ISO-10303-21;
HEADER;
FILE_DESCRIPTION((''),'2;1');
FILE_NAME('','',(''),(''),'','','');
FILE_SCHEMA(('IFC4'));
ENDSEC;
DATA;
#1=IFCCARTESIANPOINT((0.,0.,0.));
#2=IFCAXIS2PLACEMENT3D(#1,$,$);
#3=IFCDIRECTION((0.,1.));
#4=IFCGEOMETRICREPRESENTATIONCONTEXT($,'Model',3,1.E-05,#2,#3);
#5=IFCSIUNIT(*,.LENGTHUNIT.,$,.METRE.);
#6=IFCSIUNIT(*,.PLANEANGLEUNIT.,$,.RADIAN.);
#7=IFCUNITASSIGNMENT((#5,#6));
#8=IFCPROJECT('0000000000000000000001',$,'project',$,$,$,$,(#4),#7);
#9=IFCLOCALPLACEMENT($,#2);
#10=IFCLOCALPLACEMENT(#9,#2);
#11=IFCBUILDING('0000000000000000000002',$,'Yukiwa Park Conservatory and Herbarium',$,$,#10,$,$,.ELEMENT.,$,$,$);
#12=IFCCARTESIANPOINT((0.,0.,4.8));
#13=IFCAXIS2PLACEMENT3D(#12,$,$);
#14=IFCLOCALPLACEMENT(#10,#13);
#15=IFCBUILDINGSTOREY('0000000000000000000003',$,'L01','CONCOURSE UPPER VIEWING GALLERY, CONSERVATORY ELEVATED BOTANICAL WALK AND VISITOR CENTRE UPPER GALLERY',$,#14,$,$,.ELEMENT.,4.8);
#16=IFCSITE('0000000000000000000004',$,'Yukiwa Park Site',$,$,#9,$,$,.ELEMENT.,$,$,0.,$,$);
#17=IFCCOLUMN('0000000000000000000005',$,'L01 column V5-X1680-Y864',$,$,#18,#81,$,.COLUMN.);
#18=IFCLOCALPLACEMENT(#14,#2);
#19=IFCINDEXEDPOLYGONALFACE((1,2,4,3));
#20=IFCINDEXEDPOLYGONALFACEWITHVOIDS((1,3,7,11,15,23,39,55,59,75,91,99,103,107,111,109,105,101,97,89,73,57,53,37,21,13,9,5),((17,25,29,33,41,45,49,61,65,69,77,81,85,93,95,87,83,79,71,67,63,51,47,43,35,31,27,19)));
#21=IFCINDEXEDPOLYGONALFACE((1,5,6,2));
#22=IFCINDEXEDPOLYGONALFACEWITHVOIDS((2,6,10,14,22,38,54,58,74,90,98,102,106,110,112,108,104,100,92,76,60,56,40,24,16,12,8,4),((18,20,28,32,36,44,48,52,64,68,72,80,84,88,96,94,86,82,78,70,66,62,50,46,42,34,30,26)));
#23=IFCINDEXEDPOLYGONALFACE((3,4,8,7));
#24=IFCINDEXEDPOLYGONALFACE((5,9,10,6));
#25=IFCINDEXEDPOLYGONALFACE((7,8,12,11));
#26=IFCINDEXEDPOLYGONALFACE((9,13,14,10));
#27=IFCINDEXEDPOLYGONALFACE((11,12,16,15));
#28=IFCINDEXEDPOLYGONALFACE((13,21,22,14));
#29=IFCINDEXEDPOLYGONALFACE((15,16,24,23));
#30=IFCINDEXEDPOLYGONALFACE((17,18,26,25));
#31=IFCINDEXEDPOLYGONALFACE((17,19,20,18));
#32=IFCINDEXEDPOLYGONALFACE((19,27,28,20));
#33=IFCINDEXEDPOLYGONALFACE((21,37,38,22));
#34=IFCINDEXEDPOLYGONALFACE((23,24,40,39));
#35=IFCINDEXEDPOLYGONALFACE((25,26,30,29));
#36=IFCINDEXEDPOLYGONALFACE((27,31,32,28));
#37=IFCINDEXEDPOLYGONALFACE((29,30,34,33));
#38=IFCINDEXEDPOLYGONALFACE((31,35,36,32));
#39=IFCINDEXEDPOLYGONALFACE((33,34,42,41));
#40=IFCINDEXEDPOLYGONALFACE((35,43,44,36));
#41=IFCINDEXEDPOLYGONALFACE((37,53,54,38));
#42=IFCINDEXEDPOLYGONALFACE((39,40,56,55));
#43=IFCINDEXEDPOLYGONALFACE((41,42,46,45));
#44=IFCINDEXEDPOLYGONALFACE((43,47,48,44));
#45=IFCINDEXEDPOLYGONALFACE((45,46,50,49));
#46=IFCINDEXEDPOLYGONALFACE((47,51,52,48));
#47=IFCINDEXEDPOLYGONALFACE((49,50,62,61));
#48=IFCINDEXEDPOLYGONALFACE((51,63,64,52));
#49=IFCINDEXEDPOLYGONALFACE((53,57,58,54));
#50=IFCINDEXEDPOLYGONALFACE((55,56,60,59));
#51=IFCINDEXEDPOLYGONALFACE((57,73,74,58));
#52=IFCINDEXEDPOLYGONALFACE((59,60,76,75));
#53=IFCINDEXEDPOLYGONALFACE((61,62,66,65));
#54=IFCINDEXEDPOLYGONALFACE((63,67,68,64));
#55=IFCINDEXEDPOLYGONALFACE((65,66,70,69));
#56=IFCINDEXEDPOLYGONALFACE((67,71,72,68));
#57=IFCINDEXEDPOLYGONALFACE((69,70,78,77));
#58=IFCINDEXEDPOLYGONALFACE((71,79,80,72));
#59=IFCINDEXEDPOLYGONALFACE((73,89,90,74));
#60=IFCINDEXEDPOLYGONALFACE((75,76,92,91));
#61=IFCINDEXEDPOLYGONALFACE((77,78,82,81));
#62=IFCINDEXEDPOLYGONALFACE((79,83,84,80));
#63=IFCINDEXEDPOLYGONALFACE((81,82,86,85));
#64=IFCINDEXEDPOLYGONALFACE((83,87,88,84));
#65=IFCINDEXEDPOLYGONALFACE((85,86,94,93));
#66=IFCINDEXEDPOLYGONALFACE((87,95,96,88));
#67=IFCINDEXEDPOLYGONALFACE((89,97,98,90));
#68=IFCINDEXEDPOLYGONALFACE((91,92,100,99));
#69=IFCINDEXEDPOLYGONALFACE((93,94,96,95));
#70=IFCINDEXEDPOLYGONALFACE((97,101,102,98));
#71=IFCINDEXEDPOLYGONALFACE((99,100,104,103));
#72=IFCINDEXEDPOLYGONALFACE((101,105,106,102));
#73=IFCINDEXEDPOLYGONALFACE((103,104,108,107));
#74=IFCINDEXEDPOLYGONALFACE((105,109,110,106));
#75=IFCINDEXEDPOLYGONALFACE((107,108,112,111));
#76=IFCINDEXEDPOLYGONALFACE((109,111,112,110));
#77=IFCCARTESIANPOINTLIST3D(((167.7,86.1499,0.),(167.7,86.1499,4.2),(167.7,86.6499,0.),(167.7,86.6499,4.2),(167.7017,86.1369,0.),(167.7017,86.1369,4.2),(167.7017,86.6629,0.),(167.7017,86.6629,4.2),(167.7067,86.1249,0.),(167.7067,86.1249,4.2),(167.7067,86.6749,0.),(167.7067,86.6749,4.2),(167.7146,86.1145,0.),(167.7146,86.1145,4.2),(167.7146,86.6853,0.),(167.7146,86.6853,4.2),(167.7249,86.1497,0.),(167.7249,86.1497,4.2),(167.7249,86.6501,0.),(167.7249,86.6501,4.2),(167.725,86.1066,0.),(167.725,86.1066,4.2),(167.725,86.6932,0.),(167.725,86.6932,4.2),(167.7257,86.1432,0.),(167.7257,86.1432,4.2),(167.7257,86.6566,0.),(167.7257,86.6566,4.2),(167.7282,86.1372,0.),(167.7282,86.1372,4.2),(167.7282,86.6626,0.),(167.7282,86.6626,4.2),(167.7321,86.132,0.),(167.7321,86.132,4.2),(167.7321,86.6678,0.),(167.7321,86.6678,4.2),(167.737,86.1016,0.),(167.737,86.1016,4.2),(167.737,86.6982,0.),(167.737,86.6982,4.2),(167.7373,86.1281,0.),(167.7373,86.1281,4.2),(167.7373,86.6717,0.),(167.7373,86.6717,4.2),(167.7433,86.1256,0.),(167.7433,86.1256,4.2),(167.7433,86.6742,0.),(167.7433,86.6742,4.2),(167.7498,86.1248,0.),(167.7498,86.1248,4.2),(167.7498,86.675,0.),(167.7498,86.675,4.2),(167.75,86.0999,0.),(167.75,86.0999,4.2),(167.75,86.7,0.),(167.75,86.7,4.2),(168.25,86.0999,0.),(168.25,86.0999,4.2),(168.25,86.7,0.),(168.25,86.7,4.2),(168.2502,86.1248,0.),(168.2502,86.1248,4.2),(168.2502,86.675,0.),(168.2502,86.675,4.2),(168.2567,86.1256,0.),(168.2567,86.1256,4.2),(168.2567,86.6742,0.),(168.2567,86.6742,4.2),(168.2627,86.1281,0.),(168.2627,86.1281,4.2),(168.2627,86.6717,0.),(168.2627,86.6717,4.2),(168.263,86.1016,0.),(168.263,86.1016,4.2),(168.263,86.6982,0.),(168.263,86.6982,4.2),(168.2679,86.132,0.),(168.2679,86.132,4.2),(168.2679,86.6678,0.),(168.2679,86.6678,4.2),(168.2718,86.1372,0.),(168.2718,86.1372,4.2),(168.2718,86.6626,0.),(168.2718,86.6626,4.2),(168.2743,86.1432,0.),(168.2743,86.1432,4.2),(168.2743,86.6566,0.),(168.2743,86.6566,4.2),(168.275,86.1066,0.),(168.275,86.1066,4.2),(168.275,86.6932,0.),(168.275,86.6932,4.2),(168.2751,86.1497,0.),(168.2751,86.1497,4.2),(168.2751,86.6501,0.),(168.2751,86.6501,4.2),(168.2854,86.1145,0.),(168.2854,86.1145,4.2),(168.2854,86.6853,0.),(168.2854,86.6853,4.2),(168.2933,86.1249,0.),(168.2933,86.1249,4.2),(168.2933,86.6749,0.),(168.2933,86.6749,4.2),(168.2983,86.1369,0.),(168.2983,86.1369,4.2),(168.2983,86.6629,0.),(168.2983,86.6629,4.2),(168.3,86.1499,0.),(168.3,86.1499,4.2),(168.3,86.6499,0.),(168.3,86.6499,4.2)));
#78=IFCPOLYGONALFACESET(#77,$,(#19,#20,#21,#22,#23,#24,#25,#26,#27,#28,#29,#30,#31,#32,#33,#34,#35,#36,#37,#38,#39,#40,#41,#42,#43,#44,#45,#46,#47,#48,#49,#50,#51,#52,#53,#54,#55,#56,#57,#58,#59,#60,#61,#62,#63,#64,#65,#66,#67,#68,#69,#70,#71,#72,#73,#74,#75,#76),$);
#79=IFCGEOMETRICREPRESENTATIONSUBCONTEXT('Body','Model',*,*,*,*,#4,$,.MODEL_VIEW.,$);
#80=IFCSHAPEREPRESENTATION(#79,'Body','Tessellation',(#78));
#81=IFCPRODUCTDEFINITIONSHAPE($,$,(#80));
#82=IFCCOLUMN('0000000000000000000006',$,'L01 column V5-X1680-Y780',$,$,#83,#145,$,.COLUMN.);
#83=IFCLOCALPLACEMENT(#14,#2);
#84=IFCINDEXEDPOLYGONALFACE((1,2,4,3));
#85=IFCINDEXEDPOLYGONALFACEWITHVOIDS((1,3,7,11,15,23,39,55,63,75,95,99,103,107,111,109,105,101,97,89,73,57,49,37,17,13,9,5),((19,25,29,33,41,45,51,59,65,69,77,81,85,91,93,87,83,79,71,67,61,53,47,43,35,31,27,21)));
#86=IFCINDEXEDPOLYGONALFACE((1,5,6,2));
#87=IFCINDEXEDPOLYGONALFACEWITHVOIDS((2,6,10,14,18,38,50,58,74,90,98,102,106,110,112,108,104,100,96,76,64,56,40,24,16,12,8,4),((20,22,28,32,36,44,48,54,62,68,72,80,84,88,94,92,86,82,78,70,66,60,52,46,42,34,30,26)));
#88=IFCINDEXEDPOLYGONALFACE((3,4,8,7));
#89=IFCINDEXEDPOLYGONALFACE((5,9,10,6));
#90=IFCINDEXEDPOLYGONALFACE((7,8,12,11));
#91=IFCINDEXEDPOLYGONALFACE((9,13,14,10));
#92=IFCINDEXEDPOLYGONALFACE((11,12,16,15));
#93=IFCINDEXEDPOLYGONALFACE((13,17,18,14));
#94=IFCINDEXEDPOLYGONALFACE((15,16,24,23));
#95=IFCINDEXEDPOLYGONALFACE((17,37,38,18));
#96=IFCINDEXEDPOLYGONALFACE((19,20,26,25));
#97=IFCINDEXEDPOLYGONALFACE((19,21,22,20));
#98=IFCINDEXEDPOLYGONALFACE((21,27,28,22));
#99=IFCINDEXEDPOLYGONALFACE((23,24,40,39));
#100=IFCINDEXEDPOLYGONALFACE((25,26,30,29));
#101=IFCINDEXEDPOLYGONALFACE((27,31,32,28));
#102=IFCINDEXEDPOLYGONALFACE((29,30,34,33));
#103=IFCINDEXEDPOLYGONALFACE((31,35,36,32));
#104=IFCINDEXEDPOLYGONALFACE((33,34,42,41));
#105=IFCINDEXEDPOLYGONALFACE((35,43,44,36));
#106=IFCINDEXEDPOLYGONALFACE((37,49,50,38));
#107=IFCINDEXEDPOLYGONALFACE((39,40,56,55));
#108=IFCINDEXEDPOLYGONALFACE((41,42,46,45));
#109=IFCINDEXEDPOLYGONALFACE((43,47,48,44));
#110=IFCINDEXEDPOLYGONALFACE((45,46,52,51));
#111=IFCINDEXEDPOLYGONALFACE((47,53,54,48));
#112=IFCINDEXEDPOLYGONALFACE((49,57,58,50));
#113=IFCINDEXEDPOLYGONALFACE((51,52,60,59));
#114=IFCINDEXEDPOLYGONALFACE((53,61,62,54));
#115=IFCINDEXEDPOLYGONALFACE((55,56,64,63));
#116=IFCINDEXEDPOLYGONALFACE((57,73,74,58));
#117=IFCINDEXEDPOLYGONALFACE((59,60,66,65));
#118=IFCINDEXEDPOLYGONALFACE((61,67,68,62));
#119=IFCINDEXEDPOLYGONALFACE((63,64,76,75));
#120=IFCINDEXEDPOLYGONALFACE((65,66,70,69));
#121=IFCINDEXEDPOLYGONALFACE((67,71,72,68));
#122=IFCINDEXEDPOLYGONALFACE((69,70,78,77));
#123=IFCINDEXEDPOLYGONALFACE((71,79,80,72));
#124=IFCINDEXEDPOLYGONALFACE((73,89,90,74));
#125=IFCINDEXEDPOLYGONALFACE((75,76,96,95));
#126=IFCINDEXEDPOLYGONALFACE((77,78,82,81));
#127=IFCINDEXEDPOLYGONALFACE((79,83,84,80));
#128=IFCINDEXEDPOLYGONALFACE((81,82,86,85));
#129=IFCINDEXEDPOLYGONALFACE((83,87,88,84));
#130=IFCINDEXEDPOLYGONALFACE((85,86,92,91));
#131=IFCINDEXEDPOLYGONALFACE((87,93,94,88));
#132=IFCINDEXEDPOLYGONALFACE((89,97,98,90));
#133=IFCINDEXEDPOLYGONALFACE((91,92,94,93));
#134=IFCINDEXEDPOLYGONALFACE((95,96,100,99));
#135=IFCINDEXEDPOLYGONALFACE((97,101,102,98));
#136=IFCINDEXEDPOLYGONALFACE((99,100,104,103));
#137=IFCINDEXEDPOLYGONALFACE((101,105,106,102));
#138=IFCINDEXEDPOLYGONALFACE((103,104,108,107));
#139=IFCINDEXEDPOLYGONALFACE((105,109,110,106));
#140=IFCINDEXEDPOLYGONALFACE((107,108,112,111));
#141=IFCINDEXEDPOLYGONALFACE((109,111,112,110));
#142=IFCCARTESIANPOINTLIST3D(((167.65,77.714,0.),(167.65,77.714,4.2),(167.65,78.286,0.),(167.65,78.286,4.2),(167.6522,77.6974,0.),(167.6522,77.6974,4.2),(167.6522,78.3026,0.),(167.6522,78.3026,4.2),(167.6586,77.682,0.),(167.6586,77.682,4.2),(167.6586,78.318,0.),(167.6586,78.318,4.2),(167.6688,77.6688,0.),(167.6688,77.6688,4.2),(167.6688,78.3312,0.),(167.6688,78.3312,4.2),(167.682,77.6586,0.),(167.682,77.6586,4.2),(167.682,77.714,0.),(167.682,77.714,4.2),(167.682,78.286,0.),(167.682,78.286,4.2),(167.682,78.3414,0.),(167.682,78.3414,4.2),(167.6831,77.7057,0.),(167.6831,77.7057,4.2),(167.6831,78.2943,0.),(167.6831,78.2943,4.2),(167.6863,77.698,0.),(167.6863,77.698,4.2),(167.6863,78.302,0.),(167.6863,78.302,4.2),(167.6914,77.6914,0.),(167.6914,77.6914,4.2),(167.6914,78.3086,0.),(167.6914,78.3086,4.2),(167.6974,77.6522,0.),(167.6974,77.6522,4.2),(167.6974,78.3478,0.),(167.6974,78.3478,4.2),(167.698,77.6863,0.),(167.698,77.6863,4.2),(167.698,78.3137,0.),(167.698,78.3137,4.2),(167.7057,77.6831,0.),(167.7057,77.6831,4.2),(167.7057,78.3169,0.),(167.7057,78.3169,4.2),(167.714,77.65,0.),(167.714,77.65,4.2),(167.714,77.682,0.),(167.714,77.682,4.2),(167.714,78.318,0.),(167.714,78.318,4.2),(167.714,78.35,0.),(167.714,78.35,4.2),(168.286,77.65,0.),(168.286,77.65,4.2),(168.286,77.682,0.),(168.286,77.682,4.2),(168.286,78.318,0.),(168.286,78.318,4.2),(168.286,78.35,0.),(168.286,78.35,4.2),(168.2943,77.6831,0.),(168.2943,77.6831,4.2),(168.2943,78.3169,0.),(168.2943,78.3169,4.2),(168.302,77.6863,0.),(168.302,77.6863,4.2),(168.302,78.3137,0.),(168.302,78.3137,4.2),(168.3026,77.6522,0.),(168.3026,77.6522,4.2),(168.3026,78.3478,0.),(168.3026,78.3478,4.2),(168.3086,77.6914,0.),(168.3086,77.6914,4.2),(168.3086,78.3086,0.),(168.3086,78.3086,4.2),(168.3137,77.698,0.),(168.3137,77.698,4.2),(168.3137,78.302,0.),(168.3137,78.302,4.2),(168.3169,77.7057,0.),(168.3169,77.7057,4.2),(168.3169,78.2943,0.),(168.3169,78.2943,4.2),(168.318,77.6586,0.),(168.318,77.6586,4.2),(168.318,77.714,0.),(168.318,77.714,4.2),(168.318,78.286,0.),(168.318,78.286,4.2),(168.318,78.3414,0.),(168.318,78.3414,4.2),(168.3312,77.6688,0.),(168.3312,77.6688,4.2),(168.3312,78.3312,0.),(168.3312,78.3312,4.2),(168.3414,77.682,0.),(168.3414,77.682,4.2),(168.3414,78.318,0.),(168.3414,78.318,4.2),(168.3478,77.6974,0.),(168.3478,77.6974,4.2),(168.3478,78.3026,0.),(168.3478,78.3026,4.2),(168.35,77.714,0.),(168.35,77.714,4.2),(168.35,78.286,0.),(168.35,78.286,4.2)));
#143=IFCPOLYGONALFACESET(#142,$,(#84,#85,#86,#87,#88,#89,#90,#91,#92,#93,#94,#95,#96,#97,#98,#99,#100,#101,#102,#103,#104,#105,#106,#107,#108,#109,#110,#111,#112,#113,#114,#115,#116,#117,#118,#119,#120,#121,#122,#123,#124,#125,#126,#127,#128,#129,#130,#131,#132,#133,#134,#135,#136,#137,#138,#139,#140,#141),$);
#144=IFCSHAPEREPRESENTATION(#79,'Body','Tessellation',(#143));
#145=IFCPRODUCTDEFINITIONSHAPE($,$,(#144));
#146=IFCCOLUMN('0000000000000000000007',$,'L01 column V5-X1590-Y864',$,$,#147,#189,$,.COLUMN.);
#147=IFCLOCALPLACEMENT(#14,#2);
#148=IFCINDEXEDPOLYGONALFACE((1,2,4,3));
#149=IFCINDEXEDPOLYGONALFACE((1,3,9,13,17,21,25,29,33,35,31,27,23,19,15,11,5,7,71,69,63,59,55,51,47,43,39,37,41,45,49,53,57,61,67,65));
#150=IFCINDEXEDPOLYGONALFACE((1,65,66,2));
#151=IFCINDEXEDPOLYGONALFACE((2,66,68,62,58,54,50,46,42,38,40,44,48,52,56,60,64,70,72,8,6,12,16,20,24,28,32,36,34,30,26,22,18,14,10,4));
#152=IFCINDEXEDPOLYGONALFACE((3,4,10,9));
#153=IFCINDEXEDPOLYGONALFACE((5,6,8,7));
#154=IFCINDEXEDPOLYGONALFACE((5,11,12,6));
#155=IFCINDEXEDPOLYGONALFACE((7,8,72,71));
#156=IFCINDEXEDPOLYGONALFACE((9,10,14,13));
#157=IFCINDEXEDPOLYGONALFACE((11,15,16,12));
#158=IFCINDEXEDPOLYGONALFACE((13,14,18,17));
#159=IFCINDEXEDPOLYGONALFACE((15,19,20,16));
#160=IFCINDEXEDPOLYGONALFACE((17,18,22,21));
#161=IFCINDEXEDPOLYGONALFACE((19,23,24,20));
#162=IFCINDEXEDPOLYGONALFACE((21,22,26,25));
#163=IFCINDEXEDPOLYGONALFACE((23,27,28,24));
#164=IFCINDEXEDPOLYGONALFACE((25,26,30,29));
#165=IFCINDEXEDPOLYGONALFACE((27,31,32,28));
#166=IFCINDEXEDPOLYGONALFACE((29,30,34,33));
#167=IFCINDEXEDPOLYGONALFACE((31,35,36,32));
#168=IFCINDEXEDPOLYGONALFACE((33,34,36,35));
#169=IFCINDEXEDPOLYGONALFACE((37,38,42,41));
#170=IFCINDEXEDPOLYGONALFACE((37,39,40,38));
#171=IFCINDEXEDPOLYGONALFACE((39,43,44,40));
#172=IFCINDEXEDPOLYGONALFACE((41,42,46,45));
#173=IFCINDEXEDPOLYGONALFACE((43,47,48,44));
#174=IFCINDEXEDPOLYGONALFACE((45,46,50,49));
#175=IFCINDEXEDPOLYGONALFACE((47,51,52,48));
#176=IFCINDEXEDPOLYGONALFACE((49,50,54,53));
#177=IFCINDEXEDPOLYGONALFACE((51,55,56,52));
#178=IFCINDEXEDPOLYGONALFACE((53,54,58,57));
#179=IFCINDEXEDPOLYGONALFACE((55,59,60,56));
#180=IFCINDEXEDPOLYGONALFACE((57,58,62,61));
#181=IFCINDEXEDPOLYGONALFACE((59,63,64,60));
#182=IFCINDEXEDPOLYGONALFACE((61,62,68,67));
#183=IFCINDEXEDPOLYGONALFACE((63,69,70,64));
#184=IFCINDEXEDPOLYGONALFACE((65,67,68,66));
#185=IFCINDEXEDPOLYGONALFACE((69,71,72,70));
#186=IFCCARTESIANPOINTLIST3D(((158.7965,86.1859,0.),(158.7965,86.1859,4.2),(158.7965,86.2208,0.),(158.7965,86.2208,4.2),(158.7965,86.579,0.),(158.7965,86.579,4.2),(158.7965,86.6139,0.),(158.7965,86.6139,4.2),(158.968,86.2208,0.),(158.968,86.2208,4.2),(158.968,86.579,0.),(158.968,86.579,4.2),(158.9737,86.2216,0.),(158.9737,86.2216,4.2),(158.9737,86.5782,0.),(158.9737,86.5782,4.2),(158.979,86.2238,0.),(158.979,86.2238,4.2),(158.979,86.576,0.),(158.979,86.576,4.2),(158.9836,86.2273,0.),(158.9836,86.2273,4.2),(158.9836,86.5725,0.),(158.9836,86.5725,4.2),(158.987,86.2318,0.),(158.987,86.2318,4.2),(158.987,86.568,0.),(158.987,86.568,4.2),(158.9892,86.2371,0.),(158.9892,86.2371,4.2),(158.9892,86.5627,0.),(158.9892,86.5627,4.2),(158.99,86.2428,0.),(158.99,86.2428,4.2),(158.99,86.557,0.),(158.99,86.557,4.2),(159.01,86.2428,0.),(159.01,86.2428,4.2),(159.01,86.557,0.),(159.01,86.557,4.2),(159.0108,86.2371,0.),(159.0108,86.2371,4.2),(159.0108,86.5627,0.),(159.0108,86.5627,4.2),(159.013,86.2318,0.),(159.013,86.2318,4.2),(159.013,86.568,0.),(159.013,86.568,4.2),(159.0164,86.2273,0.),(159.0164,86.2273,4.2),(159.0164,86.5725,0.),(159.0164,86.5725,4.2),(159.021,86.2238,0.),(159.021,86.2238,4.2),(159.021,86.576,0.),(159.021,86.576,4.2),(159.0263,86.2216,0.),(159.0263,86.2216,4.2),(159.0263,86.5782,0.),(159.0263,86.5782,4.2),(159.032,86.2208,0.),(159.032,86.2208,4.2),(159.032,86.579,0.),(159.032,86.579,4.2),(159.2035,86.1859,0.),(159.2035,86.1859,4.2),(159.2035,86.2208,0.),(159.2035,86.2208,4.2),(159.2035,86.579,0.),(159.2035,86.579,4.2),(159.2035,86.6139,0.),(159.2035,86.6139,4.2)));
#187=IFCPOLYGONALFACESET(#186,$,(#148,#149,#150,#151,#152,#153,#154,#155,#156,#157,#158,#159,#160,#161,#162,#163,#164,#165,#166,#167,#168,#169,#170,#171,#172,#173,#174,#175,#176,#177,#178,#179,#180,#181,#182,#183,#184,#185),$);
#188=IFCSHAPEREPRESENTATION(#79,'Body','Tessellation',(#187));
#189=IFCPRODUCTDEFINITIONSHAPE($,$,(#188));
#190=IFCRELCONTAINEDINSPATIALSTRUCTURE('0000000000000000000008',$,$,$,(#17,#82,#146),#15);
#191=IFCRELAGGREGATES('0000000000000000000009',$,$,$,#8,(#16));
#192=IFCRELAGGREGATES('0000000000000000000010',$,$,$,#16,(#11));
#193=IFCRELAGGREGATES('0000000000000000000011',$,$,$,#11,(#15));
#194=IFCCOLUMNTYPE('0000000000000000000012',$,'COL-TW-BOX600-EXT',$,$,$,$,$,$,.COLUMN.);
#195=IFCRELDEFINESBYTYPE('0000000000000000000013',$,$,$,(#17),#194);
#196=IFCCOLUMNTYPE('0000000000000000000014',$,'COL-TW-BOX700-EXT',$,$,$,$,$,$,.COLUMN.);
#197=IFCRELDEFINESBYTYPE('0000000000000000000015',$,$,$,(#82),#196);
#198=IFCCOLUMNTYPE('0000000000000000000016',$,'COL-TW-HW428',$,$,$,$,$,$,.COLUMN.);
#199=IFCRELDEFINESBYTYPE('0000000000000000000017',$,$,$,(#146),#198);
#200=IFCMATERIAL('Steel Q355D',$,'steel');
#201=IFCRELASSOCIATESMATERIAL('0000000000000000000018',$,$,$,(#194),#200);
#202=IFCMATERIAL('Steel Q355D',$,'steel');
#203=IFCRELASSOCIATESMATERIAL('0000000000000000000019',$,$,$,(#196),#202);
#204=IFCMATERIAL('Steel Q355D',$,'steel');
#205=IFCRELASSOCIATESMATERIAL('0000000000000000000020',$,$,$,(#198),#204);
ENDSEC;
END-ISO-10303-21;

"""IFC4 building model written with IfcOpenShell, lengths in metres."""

from ifc_helpers import new_model, si_unit, direction, frame, origin, origin_2d, place, context, subcontext, project, spatial, hollow_rectangle, i_section, extrude, material, material_profile, profile_set, type_object, element, save


model = new_model("IFC4")

# Units and contexts
model_context = context("Model", 3, precision=1e-05, world=origin(), true_north=direction((0.0, 1.0)))
body_context = subcontext(model_context, "Body", "Model", "MODEL_VIEW")
ifc_project = project(units=[si_unit("LENGTHUNIT", "METRE"), si_unit("PLANEANGLEUNIT", "RADIAN")], contexts=[model_context])

# Site, building, storey
site_placement = place(None, origin())
site = spatial("IfcSite", under=ifc_project, at=site_placement, Name="Yukiwa Park Site", CompositionType="ELEMENT", RefElevation=0.0)
building_placement = place(site_placement, origin())
building = spatial("IfcBuilding", under=site, at=building_placement, Name="Yukiwa Park Conservatory and Herbarium", CompositionType="ELEMENT")
storey_placement = place(building_placement, frame((0.0, 0.0, 4.8)))
storey = spatial("IfcBuildingStorey", under=building, at=storey_placement, Name="L01", Description="CONCOURSE UPPER VIEWING GALLERY, CONSERVATORY ELEVATED BOTANICAL WALK AND VISITOR CENTRE UPPER GALLERY", CompositionType="ELEMENT", Elevation=4.8)

# Columns
ifc_material_1 = material(Name="Steel Q355D", Category="steel")
ifc_material_profile_1 = material_profile(ifc_material_1, hollow_rectangle(XDim=0.6001, YDim=0.6001, WallThickness=0.0249, InnerFilletRadius=0.0249, OuterFilletRadius=0.05, at=origin_2d()), Name="BOX 600x600x25")
ifc_profile_set_1 = profile_set([ifc_material_profile_1], Name="Steel Q355D")
column_type_1 = type_object("IfcColumnType", Name="COL-TW-BOX600-EXT", PredefinedType="COLUMN", material=ifc_profile_set_1)
column_1_placement = place(storey_placement, frame((168.0, 86.3999, 0.0), z_axis=(0.0, 0.0, 1.0), x_axis=(1.0, 0.0, 0.0)))
element("IfcColumn", 1, at=column_1_placement, inside=storey, type_object=column_type_1, Name="L01 column V5-X1680-Y864", PredefinedType="COLUMN", context=body_context, shape_type="SweptSolid", body=[
    extrude(hollow_rectangle(XDim=0.6001, YDim=0.6001, WallThickness=0.0249, InnerFilletRadius=0.0249, OuterFilletRadius=0.05, at=origin_2d()), origin(), (0.0, 0.0, 1.0), 4.2),
])
ifc_material_2 = material(Name="Steel Q355D", Category="steel")
ifc_material_profile_2 = material_profile(ifc_material_2, hollow_rectangle(XDim=0.7, YDim=0.7, WallThickness=0.032, InnerFilletRadius=0.032, OuterFilletRadius=0.064, at=origin_2d()), Name="BOX 700x700x32")
ifc_profile_set_2 = profile_set([ifc_material_profile_2], Name="Steel Q355D")
column_type_2 = type_object("IfcColumnType", Name="COL-TW-BOX700-EXT", PredefinedType="COLUMN", material=ifc_profile_set_2)
column_2_placement = place(storey_placement, frame((168.0, 78.0, 0.0), z_axis=(0.0, 0.0, 1.0), x_axis=(1.0, 0.0, 0.0)))
element("IfcColumn", 2, at=column_2_placement, inside=storey, type_object=column_type_2, Name="L01 column V5-X1680-Y780", PredefinedType="COLUMN", context=body_context, shape_type="SweptSolid", body=[
    extrude(hollow_rectangle(XDim=0.7, YDim=0.7, WallThickness=0.032, InnerFilletRadius=0.032, OuterFilletRadius=0.064, at=origin_2d()), origin(), (0.0, 0.0, 1.0), 4.2),
])
ifc_material_3 = material(Name="Steel Q355D", Category="steel")
ifc_material_profile_3 = material_profile(ifc_material_3, i_section(OverallWidth=0.407, OverallDepth=0.428, WebThickness=0.02, FlangeThickness=0.0349, FilletRadius=0.022, at=origin_2d()), Name="HW 428x407x20x35")
ifc_profile_set_3 = profile_set([ifc_material_profile_3], Name="Steel Q355D")
column_type_3 = type_object("IfcColumnType", Name="COL-TW-HW428", PredefinedType="COLUMN", material=ifc_profile_set_3)
column_3_placement = place(storey_placement, frame((159.0, 86.3999, 0.0), z_axis=(0.0, 0.0, 1.0), x_axis=(1.0, 0.0, 0.0)))
element("IfcColumn", 3, at=column_3_placement, inside=storey, type_object=column_type_3, Name="L01 column V5-X1590-Y864", PredefinedType="COLUMN", context=body_context, shape_type="SweptSolid", body=[
    extrude(i_section(OverallWidth=0.407, OverallDepth=0.428, WebThickness=0.02, FlangeThickness=0.0349, FilletRadius=0.022, at=origin_2d()), origin(), (0.0, 0.0, 1.0), 4.2),
])

save(model, "model.ifc")
